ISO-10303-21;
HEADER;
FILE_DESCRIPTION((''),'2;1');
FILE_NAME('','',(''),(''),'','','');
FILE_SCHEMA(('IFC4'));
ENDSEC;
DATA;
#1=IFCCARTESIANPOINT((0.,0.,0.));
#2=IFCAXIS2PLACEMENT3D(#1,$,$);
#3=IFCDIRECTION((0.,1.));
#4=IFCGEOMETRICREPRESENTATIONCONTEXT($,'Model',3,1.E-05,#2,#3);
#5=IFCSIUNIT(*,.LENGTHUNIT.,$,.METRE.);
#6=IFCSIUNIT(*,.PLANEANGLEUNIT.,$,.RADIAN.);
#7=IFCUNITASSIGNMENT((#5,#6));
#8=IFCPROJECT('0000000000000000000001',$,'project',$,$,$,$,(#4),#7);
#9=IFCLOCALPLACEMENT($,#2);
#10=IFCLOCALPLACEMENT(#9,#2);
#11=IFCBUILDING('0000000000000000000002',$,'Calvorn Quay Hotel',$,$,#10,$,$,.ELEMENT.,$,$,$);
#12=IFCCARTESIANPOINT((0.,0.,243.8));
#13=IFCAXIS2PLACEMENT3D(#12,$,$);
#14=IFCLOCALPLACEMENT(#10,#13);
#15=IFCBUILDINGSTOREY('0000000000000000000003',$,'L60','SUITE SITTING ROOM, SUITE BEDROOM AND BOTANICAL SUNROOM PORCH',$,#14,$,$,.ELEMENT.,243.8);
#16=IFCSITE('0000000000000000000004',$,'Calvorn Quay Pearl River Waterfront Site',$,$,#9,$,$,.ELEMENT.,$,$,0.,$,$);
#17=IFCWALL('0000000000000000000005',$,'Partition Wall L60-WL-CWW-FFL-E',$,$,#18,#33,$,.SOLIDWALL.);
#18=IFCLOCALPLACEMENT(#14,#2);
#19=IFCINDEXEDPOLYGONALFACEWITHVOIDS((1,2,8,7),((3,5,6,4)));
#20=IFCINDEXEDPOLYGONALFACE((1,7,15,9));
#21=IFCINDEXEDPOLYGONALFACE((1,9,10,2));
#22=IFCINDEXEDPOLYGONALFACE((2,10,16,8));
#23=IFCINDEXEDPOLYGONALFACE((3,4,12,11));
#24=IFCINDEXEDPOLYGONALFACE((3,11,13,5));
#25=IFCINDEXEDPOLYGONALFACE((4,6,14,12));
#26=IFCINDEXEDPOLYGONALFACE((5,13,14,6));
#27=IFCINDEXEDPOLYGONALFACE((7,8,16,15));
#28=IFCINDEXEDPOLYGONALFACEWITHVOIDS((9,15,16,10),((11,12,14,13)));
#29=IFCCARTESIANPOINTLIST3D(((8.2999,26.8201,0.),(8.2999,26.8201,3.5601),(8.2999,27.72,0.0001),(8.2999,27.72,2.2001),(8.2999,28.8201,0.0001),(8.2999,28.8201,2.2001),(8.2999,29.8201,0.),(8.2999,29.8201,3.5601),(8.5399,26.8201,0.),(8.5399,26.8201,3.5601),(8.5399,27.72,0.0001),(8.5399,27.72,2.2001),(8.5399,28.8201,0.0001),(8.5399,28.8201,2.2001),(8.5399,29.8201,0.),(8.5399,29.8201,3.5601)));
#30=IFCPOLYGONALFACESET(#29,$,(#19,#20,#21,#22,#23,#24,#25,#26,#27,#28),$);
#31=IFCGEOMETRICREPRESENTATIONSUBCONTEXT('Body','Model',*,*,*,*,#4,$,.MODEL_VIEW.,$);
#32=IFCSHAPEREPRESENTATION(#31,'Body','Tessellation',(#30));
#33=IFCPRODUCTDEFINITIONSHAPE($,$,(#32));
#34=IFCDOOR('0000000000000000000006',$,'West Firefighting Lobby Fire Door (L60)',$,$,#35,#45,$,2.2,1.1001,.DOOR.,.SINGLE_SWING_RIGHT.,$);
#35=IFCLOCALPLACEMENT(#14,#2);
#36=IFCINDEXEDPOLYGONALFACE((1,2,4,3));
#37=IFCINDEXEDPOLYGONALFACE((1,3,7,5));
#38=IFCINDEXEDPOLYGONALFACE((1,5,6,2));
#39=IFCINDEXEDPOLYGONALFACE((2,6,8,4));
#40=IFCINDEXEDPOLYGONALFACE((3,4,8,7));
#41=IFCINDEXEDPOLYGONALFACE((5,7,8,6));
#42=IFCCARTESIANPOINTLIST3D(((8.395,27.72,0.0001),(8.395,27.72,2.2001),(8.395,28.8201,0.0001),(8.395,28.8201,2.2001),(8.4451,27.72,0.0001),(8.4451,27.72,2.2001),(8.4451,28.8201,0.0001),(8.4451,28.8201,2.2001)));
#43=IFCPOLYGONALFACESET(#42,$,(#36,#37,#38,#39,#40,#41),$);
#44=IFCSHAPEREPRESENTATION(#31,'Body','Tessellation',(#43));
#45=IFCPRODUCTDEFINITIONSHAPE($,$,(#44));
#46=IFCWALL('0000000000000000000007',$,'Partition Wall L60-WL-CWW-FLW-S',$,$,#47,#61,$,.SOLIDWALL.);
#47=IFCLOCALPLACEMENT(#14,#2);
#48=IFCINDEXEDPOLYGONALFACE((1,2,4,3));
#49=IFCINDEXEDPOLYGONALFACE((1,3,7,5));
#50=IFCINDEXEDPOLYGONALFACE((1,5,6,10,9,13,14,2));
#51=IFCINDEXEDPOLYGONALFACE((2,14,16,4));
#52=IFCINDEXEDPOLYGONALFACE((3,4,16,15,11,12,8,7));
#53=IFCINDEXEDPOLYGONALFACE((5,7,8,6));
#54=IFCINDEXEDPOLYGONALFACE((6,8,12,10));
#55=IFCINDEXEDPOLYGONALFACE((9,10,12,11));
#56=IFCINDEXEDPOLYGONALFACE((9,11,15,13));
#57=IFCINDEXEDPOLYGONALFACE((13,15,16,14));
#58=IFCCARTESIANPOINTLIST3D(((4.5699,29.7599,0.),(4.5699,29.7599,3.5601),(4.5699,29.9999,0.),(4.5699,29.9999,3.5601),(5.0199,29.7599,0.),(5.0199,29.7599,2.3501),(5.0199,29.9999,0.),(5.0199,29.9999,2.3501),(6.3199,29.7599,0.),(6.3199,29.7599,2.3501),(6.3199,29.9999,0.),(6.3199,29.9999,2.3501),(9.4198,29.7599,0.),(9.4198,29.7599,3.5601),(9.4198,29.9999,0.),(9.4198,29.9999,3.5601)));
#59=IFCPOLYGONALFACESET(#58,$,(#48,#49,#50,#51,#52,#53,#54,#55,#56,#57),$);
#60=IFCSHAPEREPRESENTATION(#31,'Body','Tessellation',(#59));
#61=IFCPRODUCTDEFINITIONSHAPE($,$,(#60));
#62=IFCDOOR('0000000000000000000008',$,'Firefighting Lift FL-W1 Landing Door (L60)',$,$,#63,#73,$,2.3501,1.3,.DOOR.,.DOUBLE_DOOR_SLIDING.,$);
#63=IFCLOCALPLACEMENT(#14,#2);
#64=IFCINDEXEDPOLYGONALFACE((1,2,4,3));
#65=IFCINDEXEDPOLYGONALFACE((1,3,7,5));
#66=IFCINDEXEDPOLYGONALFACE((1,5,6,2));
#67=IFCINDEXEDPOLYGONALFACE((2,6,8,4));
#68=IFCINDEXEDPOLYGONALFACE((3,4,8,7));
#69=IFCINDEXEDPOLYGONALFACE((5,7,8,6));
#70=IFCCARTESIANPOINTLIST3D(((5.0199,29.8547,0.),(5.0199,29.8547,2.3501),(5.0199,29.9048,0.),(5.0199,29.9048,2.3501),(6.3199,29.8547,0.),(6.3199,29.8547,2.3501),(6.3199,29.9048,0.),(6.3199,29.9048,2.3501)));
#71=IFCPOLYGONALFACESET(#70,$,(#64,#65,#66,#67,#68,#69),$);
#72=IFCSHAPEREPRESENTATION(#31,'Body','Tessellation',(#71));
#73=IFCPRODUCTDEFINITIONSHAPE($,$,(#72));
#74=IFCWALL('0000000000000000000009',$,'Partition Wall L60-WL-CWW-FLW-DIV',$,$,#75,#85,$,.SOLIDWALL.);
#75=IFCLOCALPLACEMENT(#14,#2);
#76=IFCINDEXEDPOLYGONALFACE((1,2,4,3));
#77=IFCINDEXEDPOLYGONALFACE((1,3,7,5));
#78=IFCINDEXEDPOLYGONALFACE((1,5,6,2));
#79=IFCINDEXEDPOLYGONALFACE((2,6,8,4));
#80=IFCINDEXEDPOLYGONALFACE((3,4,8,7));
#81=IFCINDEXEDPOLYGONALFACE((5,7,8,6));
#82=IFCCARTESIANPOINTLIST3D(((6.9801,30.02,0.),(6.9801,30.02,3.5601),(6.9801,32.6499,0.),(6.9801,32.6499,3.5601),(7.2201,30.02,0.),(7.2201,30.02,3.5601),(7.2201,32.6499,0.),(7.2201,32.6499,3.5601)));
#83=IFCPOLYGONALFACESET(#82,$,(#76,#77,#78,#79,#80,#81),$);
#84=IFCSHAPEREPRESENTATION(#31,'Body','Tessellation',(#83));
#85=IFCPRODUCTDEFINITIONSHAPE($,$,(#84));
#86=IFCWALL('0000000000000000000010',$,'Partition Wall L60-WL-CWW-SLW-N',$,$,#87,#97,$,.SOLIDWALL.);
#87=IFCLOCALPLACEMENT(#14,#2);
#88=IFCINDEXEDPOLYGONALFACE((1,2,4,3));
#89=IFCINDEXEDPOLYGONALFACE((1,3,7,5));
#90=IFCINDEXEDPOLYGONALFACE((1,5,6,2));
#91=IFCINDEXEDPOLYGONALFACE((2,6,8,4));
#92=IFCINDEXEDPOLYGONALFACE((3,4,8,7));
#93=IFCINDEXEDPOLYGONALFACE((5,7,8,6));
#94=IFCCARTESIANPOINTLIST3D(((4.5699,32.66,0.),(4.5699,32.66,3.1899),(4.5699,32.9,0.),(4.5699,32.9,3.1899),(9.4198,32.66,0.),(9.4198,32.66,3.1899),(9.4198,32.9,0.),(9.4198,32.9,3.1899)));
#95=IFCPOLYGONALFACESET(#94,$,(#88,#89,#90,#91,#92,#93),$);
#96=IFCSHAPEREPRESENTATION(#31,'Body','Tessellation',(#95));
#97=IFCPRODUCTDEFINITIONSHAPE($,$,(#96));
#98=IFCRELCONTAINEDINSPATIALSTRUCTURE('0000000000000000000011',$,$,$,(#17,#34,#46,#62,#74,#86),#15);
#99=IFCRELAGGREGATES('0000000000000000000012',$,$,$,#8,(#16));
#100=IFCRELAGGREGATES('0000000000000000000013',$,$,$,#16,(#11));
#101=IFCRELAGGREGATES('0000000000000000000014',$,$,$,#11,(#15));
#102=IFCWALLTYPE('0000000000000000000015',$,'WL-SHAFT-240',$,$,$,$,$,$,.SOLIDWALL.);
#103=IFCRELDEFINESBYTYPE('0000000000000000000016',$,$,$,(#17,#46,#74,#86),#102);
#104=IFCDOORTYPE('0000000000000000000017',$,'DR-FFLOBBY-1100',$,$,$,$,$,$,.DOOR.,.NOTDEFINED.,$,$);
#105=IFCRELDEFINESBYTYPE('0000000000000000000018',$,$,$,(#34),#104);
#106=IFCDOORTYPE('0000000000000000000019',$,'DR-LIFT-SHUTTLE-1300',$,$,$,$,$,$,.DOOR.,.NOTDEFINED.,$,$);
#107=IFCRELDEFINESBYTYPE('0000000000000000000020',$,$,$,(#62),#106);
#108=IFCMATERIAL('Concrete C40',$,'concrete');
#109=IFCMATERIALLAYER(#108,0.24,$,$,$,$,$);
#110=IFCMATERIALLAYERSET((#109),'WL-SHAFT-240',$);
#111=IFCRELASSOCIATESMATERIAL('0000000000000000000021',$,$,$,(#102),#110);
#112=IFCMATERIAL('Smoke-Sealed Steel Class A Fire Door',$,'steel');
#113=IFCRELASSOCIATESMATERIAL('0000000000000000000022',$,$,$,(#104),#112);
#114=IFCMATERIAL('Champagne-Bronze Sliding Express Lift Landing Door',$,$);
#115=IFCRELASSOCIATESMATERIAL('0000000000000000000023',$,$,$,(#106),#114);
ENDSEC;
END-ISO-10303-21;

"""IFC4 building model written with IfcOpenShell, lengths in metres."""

from ifc_helpers import new_model, si_unit, direction, frame, frame_2d, origin, place, context, subcontext, project, spatial, rectangle, extrude, material, layer, layer_set, type_object, element, fill, save


model = new_model("IFC4")

# Units and contexts
model_context = context("Model", 3, precision=1e-05, world=origin(), true_north=direction((0.0, 1.0)))
body_context = subcontext(model_context, "Body", "Model", "MODEL_VIEW")
ifc_project = project(units=[si_unit("LENGTHUNIT", "METRE"), si_unit("PLANEANGLEUNIT", "RADIAN")], contexts=[model_context])

# Site, building, storey
site_placement = place(None, origin())
site = spatial("IfcSite", under=ifc_project, at=site_placement, Name="Calvorn Quay Pearl River Waterfront Site", CompositionType="ELEMENT", RefElevation=0.0)
building_placement = place(site_placement, origin())
building = spatial("IfcBuilding", under=site, at=building_placement, Name="Calvorn Quay Hotel", CompositionType="ELEMENT")
storey_placement = place(building_placement, frame((0.0, 0.0, 243.8)))
storey = spatial("IfcBuildingStorey", under=building, at=storey_placement, Name="L60", Description="SUITE SITTING ROOM, SUITE BEDROOM AND BOTANICAL SUNROOM PORCH", CompositionType="ELEMENT", Elevation=243.8)

# Walls, openings, doors
ifc_material_1 = material(Name="Concrete C40", Category="concrete")
ifc_layer_1 = layer(ifc_material_1, 0.24)
ifc_layer_set_1 = layer_set([ifc_layer_1], Name="WL-SHAFT-240")
wall_type_1 = type_object("IfcWallType", Name="WL-SHAFT-240", PredefinedType="SOLIDWALL", material=ifc_layer_set_1)
wall_1_placement = place(storey_placement, frame((8.4199, 26.8201, 0.0), z_axis=(0.0, 0.0, 1.0), x_axis=(0.0, 1.0, 0.0)))
wall_1 = element("IfcWall", 1, at=wall_1_placement, inside=storey, type_object=wall_type_1, Name="Partition Wall L60-WL-CWW-FFL-E", PredefinedType="SOLIDWALL", context=body_context, shape_type="SweptSolid", body=[
    extrude(rectangle(XDim=3.0, YDim=0.24, at=frame_2d((1.5, 0.0))), origin(), (0.0, 0.0, 1.0), 3.5601),
])
opening_1_placement = place(wall_1_placement, frame((0.8999, 0.0, 0.0)))
opening_1 = element("IfcOpeningElement", 2, at=opening_1_placement, cuts=wall_1, PredefinedType="OPENING", context=body_context, shape_type="SweptSolid", body=[
    extrude(rectangle(XDim=1.1001, YDim=2.2, at=frame_2d((0.55, 1.1001))), frame((0.0, 0.1299, 0.0), z_axis=(0.0, -1.0, 0.0), x_axis=(1.0, 0.0, 0.0)), (0.0, 0.0, 1.0), 0.26),
])
ifc_material_2 = material(Name="Smoke-Sealed Steel Class A Fire Door", Category="steel")
door_type_1 = type_object("IfcDoorType", Name="DR-FFLOBBY-1100", OperationType="NOTDEFINED", PredefinedType="DOOR", material=ifc_material_2)
door_1_placement = place(opening_1_placement, origin())
door_1 = element("IfcDoor", 3, at=door_1_placement, inside=storey, type_object=door_type_1, Name="West Firefighting Lobby Fire Door (L60)", OperationType="SINGLE_SWING_RIGHT", OverallHeight=2.2, OverallWidth=1.1001, PredefinedType="DOOR", context=body_context, shape_type="SweptSolid", body=[
    extrude(rectangle(XDim=1.1001, YDim=2.2, at=frame_2d((0.55, 1.1001))), frame((0.0, 0.0249, 0.0), z_axis=(0.0, -1.0, 0.0), x_axis=(1.0, 0.0, 0.0)), (0.0, 0.0, 1.0), 0.05),
])
fill(opening_1, door_1)
wall_2_placement = place(storey_placement, frame((4.5701, 29.8799, 0.0), z_axis=(0.0, 0.0, 1.0), x_axis=(1.0, 0.0, 0.0)))
wall_2 = element("IfcWall", 4, at=wall_2_placement, inside=storey, type_object=wall_type_1, Name="Partition Wall L60-WL-CWW-FLW-S", PredefinedType="SOLIDWALL", context=body_context, shape_type="SweptSolid", body=[
    extrude(rectangle(XDim=4.8499, YDim=0.24, at=frame_2d((2.4248, 0.0))), origin(), (0.0, 0.0, 1.0), 3.5601),
])
opening_2_placement = place(wall_2_placement, frame((0.45, 0.0, 0.0)))
opening_2 = element("IfcOpeningElement", 5, at=opening_2_placement, cuts=wall_2, PredefinedType="OPENING", context=body_context, shape_type="SweptSolid", body=[
    extrude(rectangle(XDim=1.3, YDim=2.3501, at=frame_2d((0.6499, 1.175))), frame((0.0, 0.1299, 0.0), z_axis=(0.0, -1.0, 0.0), x_axis=(1.0, 0.0, 0.0)), (0.0, 0.0, 1.0), 0.26),
])
ifc_material_3 = material(Name="Champagne-Bronze Sliding Express Lift Landing Door")
door_type_2 = type_object("IfcDoorType", Name="DR-LIFT-SHUTTLE-1300", OperationType="NOTDEFINED", PredefinedType="DOOR", material=ifc_material_3)
door_2_placement = place(opening_2_placement, origin())
door_2 = element("IfcDoor", 6, at=door_2_placement, inside=storey, type_object=door_type_2, Name="Firefighting Lift FL-W1 Landing Door (L60)", OperationType="DOUBLE_DOOR_SLIDING", OverallHeight=2.3501, OverallWidth=1.3, PredefinedType="DOOR", context=body_context, shape_type="SweptSolid", body=[
    extrude(rectangle(XDim=1.3, YDim=2.3501, at=frame_2d((0.6499, 1.175))), frame((0.0, 0.0249, 0.0), z_axis=(0.0, -1.0, 0.0), x_axis=(1.0, 0.0, 0.0)), (0.0, 0.0, 1.0), 0.05),
])
fill(opening_2, door_2)

# Walls
wall_3_placement = place(storey_placement, frame((7.1001, 30.02, 0.0), z_axis=(0.0, 0.0, 1.0), x_axis=(0.0, 1.0, 0.0)))
element("IfcWall", 7, at=wall_3_placement, inside=storey, type_object=wall_type_1, Name="Partition Wall L60-WL-CWW-FLW-DIV", PredefinedType="SOLIDWALL", context=body_context, shape_type="SweptSolid", body=[
    extrude(rectangle(XDim=2.6299, YDim=0.24, at=frame_2d((1.3149, 0.0))), origin(), (0.0, 0.0, 1.0), 3.5601),
])
wall_4_placement = place(storey_placement, frame((4.5701, 32.78, 0.0), z_axis=(0.0, 0.0, 1.0), x_axis=(1.0, 0.0, 0.0)))
element("IfcWall", 8, at=wall_4_placement, inside=storey, type_object=wall_type_1, Name="Partition Wall L60-WL-CWW-SLW-N", PredefinedType="SOLIDWALL", context=body_context, shape_type="SweptSolid", body=[
    extrude(rectangle(XDim=4.8499, YDim=0.24, at=frame_2d((2.4248, 0.0))), origin(), (0.0, 0.0, 1.0), 3.1899),
])

save(model, "model.ifc")
